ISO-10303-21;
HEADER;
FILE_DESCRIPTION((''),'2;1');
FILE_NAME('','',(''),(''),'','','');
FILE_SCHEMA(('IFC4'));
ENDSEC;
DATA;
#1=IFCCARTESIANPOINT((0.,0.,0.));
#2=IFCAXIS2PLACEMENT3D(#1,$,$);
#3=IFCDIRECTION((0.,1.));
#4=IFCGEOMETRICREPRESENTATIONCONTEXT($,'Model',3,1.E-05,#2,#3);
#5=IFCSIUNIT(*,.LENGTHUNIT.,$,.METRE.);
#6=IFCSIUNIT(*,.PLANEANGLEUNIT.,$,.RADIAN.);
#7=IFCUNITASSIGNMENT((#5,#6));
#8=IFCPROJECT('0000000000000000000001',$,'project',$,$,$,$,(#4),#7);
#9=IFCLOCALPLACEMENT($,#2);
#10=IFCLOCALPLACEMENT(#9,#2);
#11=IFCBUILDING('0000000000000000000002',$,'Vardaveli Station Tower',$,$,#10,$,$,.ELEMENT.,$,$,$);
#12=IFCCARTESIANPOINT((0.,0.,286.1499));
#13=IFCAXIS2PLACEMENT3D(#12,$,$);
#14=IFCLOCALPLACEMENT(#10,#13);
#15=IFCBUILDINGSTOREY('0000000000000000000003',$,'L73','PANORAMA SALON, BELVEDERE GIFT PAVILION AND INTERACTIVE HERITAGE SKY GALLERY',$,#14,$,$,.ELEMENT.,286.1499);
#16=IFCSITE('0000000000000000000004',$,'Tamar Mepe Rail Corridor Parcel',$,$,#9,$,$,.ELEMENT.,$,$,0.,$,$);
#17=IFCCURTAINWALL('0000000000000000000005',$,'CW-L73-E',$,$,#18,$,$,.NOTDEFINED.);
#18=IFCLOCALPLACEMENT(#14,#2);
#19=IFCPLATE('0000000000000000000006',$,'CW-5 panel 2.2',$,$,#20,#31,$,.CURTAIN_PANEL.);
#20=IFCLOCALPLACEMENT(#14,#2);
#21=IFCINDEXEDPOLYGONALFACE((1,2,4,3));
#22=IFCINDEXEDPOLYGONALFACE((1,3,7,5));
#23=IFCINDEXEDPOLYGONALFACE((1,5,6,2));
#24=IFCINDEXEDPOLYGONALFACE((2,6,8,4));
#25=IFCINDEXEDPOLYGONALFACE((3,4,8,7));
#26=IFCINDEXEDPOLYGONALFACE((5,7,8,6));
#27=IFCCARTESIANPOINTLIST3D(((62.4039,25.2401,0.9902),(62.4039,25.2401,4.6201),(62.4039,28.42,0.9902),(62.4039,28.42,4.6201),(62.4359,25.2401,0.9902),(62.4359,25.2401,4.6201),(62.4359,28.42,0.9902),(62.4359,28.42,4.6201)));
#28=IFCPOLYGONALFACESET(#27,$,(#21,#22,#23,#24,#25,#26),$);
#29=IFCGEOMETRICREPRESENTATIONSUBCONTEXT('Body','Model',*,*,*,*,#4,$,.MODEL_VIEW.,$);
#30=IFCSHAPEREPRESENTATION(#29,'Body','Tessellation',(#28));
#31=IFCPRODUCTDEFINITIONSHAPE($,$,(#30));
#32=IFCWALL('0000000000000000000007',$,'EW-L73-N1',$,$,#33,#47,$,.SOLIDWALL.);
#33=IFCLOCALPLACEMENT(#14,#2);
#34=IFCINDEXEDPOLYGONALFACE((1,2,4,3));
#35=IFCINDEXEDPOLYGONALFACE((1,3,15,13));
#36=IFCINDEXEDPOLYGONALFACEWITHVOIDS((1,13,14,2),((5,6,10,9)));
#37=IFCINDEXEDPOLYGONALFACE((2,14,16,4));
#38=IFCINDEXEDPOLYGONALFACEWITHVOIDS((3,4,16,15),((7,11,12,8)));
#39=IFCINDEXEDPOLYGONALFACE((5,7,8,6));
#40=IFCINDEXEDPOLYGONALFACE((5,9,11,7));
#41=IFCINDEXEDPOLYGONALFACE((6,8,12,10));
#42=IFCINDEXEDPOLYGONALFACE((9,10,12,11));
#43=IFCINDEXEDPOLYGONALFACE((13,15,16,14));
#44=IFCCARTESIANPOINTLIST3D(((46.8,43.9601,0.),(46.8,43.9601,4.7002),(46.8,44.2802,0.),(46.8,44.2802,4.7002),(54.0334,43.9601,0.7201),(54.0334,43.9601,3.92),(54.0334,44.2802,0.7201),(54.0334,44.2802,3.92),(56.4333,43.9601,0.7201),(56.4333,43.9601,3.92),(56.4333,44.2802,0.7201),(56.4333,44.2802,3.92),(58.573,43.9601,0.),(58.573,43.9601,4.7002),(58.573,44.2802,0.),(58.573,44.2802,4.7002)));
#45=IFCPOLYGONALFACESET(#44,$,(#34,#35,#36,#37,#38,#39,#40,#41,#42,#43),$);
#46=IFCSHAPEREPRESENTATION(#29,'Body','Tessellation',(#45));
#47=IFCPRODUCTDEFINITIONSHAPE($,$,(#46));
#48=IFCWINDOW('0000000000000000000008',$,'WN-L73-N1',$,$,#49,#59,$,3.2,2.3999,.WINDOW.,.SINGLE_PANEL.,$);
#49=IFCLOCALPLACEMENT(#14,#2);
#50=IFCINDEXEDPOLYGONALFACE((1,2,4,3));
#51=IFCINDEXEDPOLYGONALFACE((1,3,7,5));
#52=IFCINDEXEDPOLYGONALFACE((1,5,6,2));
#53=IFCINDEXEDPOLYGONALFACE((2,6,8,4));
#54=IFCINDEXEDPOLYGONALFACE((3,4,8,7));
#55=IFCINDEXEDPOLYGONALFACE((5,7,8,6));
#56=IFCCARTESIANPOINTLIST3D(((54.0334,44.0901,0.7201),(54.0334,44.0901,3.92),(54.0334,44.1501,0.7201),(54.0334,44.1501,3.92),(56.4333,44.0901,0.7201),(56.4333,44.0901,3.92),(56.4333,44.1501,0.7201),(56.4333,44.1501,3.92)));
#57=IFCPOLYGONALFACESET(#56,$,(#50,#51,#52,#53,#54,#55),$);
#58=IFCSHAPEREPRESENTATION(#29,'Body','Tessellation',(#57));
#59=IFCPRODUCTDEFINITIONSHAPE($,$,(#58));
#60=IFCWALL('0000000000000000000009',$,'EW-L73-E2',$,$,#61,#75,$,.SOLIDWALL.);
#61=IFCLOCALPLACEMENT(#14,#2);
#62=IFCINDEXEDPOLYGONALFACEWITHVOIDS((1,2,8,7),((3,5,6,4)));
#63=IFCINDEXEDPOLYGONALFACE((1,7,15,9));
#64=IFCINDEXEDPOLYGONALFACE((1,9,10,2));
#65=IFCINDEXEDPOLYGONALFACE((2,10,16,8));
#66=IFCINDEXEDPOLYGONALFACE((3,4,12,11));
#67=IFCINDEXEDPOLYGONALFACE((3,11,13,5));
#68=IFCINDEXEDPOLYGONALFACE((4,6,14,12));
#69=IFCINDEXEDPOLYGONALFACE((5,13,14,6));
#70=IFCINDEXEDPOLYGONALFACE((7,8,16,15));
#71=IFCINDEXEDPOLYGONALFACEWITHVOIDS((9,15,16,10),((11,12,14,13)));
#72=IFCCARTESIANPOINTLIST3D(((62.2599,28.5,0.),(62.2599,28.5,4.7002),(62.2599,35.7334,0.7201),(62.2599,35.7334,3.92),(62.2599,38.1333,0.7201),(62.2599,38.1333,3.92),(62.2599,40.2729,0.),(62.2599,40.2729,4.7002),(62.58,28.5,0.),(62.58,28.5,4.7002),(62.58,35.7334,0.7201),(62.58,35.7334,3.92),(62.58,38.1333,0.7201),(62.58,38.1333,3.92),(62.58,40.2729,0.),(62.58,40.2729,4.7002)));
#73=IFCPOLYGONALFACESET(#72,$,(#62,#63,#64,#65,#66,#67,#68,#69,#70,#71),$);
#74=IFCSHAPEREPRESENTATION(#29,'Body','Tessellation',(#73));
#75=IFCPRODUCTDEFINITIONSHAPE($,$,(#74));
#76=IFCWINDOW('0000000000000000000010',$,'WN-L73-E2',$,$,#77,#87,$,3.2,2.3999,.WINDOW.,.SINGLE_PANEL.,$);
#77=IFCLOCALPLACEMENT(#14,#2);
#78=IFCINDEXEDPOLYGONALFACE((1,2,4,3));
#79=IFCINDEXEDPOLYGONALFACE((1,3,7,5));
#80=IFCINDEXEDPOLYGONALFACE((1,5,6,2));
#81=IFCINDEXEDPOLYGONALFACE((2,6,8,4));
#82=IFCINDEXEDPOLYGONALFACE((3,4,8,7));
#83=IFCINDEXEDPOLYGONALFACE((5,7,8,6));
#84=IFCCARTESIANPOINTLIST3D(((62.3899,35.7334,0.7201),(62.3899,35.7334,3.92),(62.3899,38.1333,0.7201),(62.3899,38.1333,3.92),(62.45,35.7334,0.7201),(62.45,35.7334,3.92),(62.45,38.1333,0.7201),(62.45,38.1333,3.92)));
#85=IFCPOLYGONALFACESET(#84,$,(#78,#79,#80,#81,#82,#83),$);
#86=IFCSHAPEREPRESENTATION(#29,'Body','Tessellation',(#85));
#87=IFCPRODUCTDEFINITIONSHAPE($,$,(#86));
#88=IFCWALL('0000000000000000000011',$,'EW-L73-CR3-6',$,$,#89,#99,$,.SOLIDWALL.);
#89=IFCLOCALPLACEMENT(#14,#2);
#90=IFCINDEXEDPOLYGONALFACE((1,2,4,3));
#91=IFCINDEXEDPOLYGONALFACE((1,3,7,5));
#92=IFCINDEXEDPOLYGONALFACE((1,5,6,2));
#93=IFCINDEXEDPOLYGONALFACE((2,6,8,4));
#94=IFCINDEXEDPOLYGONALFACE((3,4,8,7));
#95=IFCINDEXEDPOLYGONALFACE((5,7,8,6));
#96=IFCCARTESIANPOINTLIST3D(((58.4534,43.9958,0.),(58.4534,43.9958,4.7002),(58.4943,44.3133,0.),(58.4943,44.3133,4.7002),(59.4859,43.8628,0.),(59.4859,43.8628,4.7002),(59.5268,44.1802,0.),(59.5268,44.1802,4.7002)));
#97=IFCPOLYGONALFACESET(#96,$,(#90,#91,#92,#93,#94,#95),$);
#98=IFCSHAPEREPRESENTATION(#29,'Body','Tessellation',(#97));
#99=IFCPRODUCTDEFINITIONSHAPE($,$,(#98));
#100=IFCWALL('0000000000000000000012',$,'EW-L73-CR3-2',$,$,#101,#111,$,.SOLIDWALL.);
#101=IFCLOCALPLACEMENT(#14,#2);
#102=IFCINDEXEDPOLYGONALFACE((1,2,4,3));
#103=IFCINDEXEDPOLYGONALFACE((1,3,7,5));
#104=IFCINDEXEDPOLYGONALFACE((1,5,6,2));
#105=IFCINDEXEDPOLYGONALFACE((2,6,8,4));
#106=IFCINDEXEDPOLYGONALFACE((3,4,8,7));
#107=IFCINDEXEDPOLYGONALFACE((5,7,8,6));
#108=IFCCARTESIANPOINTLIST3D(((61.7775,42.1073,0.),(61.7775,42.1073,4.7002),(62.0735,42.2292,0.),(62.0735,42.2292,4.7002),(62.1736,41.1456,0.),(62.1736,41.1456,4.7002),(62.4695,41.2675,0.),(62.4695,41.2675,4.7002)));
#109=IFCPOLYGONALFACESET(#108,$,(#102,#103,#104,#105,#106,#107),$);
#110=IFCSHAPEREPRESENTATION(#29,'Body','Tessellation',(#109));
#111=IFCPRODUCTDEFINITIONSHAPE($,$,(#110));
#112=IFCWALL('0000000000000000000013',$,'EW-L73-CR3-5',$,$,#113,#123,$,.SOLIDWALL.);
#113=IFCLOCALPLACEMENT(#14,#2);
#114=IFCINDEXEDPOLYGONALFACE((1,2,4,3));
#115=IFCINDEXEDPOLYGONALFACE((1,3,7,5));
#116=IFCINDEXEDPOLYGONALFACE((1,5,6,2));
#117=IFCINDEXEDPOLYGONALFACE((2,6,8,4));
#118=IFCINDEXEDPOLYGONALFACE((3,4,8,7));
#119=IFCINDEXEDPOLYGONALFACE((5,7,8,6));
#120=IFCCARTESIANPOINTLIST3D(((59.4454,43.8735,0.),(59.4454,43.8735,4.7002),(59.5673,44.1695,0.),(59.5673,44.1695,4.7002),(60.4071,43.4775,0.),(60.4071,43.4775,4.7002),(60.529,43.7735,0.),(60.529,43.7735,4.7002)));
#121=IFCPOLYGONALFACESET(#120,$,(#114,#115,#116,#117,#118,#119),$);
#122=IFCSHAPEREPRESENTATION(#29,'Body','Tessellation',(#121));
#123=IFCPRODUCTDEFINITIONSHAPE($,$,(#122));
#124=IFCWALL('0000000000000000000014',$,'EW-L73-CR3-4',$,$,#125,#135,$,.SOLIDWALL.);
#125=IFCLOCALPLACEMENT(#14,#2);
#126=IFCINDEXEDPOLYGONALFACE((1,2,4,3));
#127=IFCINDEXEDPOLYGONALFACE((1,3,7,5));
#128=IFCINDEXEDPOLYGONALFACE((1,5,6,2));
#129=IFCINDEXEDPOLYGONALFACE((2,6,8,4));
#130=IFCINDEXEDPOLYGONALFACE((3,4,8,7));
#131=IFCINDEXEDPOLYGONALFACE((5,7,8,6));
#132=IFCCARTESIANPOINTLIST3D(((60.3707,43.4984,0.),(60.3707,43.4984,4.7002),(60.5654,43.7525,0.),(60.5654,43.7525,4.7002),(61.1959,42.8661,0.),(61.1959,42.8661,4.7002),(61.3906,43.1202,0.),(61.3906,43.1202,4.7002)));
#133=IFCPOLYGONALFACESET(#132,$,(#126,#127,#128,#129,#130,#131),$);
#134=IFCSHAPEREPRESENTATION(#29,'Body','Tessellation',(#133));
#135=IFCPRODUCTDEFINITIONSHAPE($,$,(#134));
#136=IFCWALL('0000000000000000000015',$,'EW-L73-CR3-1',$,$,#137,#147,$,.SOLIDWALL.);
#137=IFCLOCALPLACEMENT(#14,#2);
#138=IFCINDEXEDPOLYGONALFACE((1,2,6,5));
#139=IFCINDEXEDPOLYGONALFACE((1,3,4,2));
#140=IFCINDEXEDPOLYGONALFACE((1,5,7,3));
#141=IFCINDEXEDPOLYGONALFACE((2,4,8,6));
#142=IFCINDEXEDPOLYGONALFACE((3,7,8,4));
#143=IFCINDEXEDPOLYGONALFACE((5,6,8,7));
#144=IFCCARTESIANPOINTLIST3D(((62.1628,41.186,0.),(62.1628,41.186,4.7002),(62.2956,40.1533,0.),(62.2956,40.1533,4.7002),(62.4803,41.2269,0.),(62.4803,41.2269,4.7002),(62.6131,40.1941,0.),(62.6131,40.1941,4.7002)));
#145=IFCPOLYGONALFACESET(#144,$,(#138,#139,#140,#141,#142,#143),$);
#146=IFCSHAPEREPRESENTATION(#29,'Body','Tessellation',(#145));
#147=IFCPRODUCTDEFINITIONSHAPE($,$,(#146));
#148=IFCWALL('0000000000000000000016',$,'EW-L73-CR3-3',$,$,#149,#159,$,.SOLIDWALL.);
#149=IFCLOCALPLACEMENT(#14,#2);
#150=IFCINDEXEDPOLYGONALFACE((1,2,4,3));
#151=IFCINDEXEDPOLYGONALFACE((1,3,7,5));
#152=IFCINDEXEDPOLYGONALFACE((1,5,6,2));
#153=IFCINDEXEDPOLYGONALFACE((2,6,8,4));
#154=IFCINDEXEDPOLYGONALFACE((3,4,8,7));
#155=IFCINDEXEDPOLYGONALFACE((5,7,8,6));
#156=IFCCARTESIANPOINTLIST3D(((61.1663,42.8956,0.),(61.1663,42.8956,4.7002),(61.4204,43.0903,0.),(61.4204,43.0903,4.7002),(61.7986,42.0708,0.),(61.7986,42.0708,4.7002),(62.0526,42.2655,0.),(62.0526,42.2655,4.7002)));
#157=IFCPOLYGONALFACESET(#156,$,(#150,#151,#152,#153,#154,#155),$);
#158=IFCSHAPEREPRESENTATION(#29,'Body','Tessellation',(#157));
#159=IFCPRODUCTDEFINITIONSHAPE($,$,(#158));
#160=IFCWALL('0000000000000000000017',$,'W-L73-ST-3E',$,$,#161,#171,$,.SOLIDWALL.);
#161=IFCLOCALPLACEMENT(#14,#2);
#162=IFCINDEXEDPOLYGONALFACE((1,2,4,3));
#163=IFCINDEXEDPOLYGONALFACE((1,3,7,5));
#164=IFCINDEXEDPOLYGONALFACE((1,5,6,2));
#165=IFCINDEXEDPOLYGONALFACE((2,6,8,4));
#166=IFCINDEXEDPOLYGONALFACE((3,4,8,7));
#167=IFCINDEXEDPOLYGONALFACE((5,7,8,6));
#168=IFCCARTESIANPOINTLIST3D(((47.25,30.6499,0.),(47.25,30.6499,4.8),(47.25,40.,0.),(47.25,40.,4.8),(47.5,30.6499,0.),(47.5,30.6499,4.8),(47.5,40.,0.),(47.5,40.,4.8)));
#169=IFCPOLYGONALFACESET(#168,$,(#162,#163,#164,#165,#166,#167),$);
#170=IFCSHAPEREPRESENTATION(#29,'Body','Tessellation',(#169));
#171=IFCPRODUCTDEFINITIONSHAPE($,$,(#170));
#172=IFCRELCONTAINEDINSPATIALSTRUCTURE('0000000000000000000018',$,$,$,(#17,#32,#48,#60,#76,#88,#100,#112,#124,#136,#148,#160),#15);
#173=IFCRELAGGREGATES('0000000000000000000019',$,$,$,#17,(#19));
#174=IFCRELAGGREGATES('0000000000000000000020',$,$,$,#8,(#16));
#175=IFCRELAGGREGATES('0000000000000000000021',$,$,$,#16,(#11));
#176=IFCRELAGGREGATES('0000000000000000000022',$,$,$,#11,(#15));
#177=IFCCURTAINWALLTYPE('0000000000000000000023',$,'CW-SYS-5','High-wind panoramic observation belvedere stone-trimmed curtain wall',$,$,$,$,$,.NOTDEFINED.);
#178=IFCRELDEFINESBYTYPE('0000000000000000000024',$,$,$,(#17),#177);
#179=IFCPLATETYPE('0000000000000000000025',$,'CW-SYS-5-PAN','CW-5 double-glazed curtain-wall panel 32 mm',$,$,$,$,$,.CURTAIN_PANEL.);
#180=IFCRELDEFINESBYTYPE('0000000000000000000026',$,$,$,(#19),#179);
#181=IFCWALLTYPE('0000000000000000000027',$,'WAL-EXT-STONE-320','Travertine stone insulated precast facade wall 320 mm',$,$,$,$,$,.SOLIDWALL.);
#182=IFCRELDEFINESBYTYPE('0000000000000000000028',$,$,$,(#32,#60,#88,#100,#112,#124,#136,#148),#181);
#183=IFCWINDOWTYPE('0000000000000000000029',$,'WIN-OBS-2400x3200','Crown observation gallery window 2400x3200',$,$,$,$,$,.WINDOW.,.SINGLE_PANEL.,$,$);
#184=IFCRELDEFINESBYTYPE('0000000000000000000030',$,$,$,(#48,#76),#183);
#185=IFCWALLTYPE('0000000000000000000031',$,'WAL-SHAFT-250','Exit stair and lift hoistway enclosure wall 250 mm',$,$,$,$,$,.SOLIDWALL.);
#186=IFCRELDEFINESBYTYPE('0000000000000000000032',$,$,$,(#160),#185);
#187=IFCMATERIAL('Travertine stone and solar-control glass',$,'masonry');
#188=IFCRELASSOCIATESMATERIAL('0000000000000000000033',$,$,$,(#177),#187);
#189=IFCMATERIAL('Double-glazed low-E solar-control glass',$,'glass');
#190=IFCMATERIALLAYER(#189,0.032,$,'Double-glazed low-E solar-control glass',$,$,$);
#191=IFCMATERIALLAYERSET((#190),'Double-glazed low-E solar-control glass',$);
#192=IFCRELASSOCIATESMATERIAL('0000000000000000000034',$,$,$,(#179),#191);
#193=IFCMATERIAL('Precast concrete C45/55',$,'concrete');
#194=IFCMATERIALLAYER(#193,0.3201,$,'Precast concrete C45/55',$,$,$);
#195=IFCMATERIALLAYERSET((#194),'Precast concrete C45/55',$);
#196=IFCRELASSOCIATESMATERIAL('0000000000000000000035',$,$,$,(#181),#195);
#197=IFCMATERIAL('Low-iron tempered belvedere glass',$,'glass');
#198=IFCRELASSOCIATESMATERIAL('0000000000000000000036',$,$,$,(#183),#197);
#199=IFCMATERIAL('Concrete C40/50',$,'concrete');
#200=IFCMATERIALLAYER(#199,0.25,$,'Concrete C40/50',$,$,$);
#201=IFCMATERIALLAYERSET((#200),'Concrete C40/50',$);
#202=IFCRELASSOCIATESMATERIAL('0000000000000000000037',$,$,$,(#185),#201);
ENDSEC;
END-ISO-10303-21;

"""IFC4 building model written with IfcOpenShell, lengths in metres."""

from ifc_helpers import new_model, si_unit, direction, frame, frame_2d, origin, origin_2d, place, context, subcontext, project, spatial, rectangle, extrude, source, transform, mapped, material, layer, layer_set, type_object, element, fill, aggregate, save


model = new_model("IFC4")

# Units and contexts
model_context = context("Model", 3, precision=1e-05, world=origin(), true_north=direction((0.0, 1.0)))
body_context = subcontext(model_context, "Body", "Model", "MODEL_VIEW")
ifc_project = project(units=[si_unit("LENGTHUNIT", "METRE"), si_unit("PLANEANGLEUNIT", "RADIAN")], contexts=[model_context])

# Site, building, storey
site_placement = place(None, origin())
site = spatial("IfcSite", under=ifc_project, at=site_placement, Name="Tamar Mepe Rail Corridor Parcel", CompositionType="ELEMENT", RefElevation=0.0)
building_placement = place(site_placement, origin())
building = spatial("IfcBuilding", under=site, at=building_placement, Name="Vardaveli Station Tower", CompositionType="ELEMENT")
storey_placement = place(building_placement, frame((0.0, 0.0, 286.1499)))
storey = spatial("IfcBuildingStorey", under=building, at=storey_placement, Name="L73", Description="PANORAMA SALON, BELVEDERE GIFT PAVILION AND INTERACTIVE HERITAGE SKY GALLERY", CompositionType="ELEMENT", Elevation=286.1499)

# Curtain wall
ifc_material_1 = material(Name="Travertine stone and solar-control glass", Category="masonry")
curtain_wall_type = type_object("IfcCurtainWallType", Name="CW-SYS-5", Description="High-wind panoramic observation belvedere stone-trimmed curtain wall", PredefinedType="NOTDEFINED", material=ifc_material_1)
curtain_wall_1_placement = place(storey_placement, origin())
curtain_wall_1 = element("IfcCurtainWall", 1, at=curtain_wall_1_placement, inside=storey, type_object=curtain_wall_type, Name="CW-L73-E", PredefinedType="NOTDEFINED")

# Plate
ifc_material_2 = material(Name="Double-glazed low-E solar-control glass", Category="glass")
ifc_layer_1 = layer(ifc_material_2, 0.032, Name="Double-glazed low-E solar-control glass")
ifc_layer_set_1 = layer_set([ifc_layer_1], Name="Double-glazed low-E solar-control glass")
plate_type = type_object("IfcPlateType", Name="CW-SYS-5-PAN", Description="CW-5 double-glazed curtain-wall panel 32 mm", PredefinedType="CURTAIN_PANEL", material=ifc_layer_set_1)
shared_shape_1 = source(origin(), body_context, "Body", "SweptSolid", [
    extrude(rectangle(XDim=3.1799, YDim=0.032, at=origin_2d()), origin(), (0.0, 0.0, 1.0), 3.6299),
])
plate_1_placement = place(storey_placement, frame((62.4199, 26.8301, 0.9902), z_axis=(0.0, 0.0, 1.0), x_axis=(0.0, 1.0, 0.0)))
plate_1 = element("IfcPlate", 2, at=plate_1_placement, type_object=plate_type, Name="CW-5 panel 2.2", PredefinedType="CURTAIN_PANEL", context=body_context, shape_type="MappedRepresentation", body=[
    mapped(shared_shape_1, transform((0.0, 0.0, 0.0), scale=1.0)),
])
aggregate(curtain_wall_1, [plate_1])

# Walls, openings, windows
ifc_material_3 = material(Name="Precast concrete C45/55", Category="concrete")
ifc_layer_2 = layer(ifc_material_3, 0.3201, Name="Precast concrete C45/55")
ifc_layer_set_2 = layer_set([ifc_layer_2], Name="Precast concrete C45/55")
wall_type_1 = type_object("IfcWallType", Name="WAL-EXT-STONE-320", Description="Travertine stone insulated precast facade wall 320 mm", PredefinedType="SOLIDWALL", material=ifc_layer_set_2)
shared_shape_2 = source(origin(), body_context, "Body", "SweptSolid", [
    extrude(rectangle(XDim=11.7729, YDim=0.3201, at=frame_2d((5.8865, 0.0))), origin(), (0.0, 0.0, 1.0), 4.7002),
])
wall_1_placement = place(storey_placement, frame((58.573, 44.1201, 0.0), z_axis=(0.0, 0.0, 1.0), x_axis=(-1.0, 0.0, 0.0)))
wall_1 = element("IfcWall", 3, at=wall_1_placement, inside=storey, type_object=wall_type_1, Name="EW-L73-N1", PredefinedType="SOLIDWALL", context=body_context, shape_type="MappedRepresentation", body=[
    mapped(shared_shape_2, transform((0.0, 0.0, 0.0), scale=1.0)),
])
shared_shape_3 = source(origin(), body_context, "Body", "SweptSolid", [
    extrude(rectangle(XDim=2.3999, YDim=3.2, at=frame_2d((1.2, 1.6001))), frame((0.0, 0.1699, 0.0), z_axis=(0.0, -1.0, 0.0), x_axis=(1.0, 0.0, 0.0)), (0.0, 0.0, 1.0), 0.3401),
])
opening_1_placement = place(wall_1_placement, frame((2.1396, 0.0, 0.72)))
opening_1 = element("IfcOpeningElement", 4, at=opening_1_placement, cuts=wall_1, PredefinedType="OPENING", context=body_context, shape_type="MappedRepresentation", body=[
    mapped(shared_shape_3, transform((0.0, 0.0, 0.0), scale=1.0)),
])
ifc_material_4 = material(Name="Low-iron tempered belvedere glass", Category="glass")
window_type = type_object("IfcWindowType", Name="WIN-OBS-2400x3200", Description="Crown observation gallery window 2400x3200", PartitioningType="SINGLE_PANEL", PredefinedType="WINDOW", material=ifc_material_4)
shared_shape_4 = source(origin(), body_context, "Body", "SweptSolid", [
    extrude(rectangle(XDim=2.3999, YDim=3.2, at=frame_2d((1.2, 1.6001))), frame((0.0, 0.03, 0.0), z_axis=(0.0, -1.0, 0.0), x_axis=(1.0, 0.0, 0.0)), (0.0, 0.0, 1.0), 0.0601),
])
window_1_placement = place(opening_1_placement, origin())
window_1 = element("IfcWindow", 5, at=window_1_placement, inside=storey, type_object=window_type, Name="WN-L73-N1", OverallHeight=3.2, OverallWidth=2.3999, PartitioningType="SINGLE_PANEL", PredefinedType="WINDOW", context=body_context, shape_type="MappedRepresentation", body=[
    mapped(shared_shape_4, transform((0.0, 0.0, 0.0), scale=1.0)),
])
fill(opening_1, window_1)
wall_2_placement = place(storey_placement, frame((62.4199, 28.5, 0.0), z_axis=(0.0, 0.0, 1.0), x_axis=(0.0, 1.0, 0.0)))
wall_2 = element("IfcWall", 6, at=wall_2_placement, inside=storey, type_object=wall_type_1, Name="EW-L73-E2", PredefinedType="SOLIDWALL", context=body_context, shape_type="MappedRepresentation", body=[
    mapped(shared_shape_2, transform((0.0, 0.0, 0.0), scale=1.0)),
])
opening_2_placement = place(wall_2_placement, frame((7.2334, 0.0, 0.72)))
opening_2 = element("IfcOpeningElement", 7, at=opening_2_placement, cuts=wall_2, PredefinedType="OPENING", context=body_context, shape_type="MappedRepresentation", body=[
    mapped(shared_shape_3, transform((0.0, 0.0, 0.0), scale=1.0)),
])
window_2_placement = place(opening_2_placement, origin())
window_2 = element("IfcWindow", 8, at=window_2_placement, inside=storey, type_object=window_type, Name="WN-L73-E2", OverallHeight=3.2, OverallWidth=2.3999, PartitioningType="SINGLE_PANEL", PredefinedType="WINDOW", context=body_context, shape_type="MappedRepresentation", body=[
    mapped(shared_shape_4, transform((0.0, 0.0, 0.0), scale=1.0)),
])
fill(opening_2, window_2)

# Walls
shared_shape_5 = source(origin(), body_context, "Body", "SweptSolid", [
    extrude(rectangle(XDim=1.041, YDim=0.3201, at=frame_2d((0.5205, 0.0))), origin(), (0.0, 0.0, 1.0), 4.7002),
])
wall_3_placement = place(storey_placement, frame((59.5063, 44.0215, 0.0), z_axis=(0.0, 0.0, 1.0), x_axis=(-0.991798, 0.127815, 0.0)))
element("IfcWall", 9, at=wall_3_placement, inside=storey, type_object=wall_type_1, Name="EW-L73-CR3-6", PredefinedType="SOLIDWALL", context=body_context, shape_type="MappedRepresentation", body=[
    mapped(shared_shape_5, transform((0.0, 0.0, 0.0), scale=1.0)),
])
shared_shape_6 = source(origin(), body_context, "Body", "SweptSolid", [
    extrude(rectangle(XDim=1.04, YDim=0.3201, at=frame_2d((0.52, 0.0))), origin(), (0.0, 0.0, 1.0), 4.7002),
])
for number, where, z_axis, x_axis, name in (
    (10, (62.3215, 41.2065, 0.0), (0.0, 0.0, 1.0), (-0.380762, 0.924673, 0.0), "EW-L73-CR3-2"),
    (11, (60.468, 43.6255, 0.0), (0.0, 0.0, 1.0), (-0.924673, 0.380762, 0.0), "EW-L73-CR3-5"),
):
    element("IfcWall", number, at=place(storey_placement, frame(where, z_axis=z_axis, x_axis=x_axis)), inside=storey, type_object=wall_type_1, Name=name, PredefinedType="SOLIDWALL", context=body_context, shape_type="MappedRepresentation", body=[
        mapped(shared_shape_6, transform((0.0, 0.0, 0.0), scale=1.0)),
    ])
shared_shape_7 = source(origin(), body_context, "Body", "SweptSolid", [
    extrude(rectangle(XDim=1.0396, YDim=0.3201, at=frame_2d((0.5198, 0.0))), origin(), (0.0, 0.0, 1.0), 4.7002),
])
wall_4_placement = place(storey_placement, frame((61.2932, 42.9932, 0.0), z_axis=(0.0, 0.0, 1.0), x_axis=(-0.793758, 0.608234, 0.0)))
element("IfcWall", 12, at=wall_4_placement, inside=storey, type_object=wall_type_1, Name="EW-L73-CR3-4", PredefinedType="SOLIDWALL", context=body_context, shape_type="MappedRepresentation", body=[
    mapped(shared_shape_7, transform((0.0, 0.0, 0.0), scale=1.0)),
])
shared_shape_8 = source(origin(), body_context, "Body", "SweptSolid", [
    extrude(rectangle(XDim=1.0413, YDim=0.3201, at=frame_2d((0.5205, 0.0))), origin(), (0.0, 0.0, 1.0), 4.7002),
])
wall_5_placement = place(storey_placement, frame((62.4543, 40.1738, 0.0), z_axis=(0.0, 0.0, 1.0), x_axis=(-0.127555, 0.991832, 0.0)))
element("IfcWall", 13, at=wall_5_placement, inside=storey, type_object=wall_type_1, Name="EW-L73-CR3-1", PredefinedType="SOLIDWALL", context=body_context, shape_type="MappedRepresentation", body=[
    mapped(shared_shape_8, transform((0.0, 0.0, 0.0), scale=1.0)),
])
shared_shape_9 = source(origin(), body_context, "Body", "SweptSolid", [
    extrude(rectangle(XDim=1.0393, YDim=0.3201, at=frame_2d((0.5195, 0.0))), origin(), (0.0, 0.0, 1.0), 4.7002),
])
wall_6_placement = place(storey_placement, frame((61.9255, 42.1682, 0.0), z_axis=(0.0, 0.0, 1.0), x_axis=(-0.608348, 0.793671, 0.0)))
element("IfcWall", 14, at=wall_6_placement, inside=storey, type_object=wall_type_1, Name="EW-L73-CR3-3", PredefinedType="SOLIDWALL", context=body_context, shape_type="MappedRepresentation", body=[
    mapped(shared_shape_9, transform((0.0, 0.0, 0.0), scale=1.0)),
])
ifc_material_5 = material(Name="Concrete C40/50", Category="concrete")
ifc_layer_3 = layer(ifc_material_5, 0.25, Name="Concrete C40/50")
ifc_layer_set_3 = layer_set([ifc_layer_3], Name="Concrete C40/50")
wall_type_2 = type_object("IfcWallType", Name="WAL-SHAFT-250", Description="Exit stair and lift hoistway enclosure wall 250 mm", PredefinedType="SOLIDWALL", material=ifc_layer_set_3)
shared_shape_10 = source(origin(), body_context, "Body", "SweptSolid", [
    extrude(rectangle(XDim=9.3501, YDim=0.25, at=frame_2d((4.675, 0.0))), origin(), (0.0, 0.0, 1.0), 4.8),
])
wall_7_placement = place(storey_placement, frame((47.375, 30.6499, 0.0), z_axis=(0.0, 0.0, 1.0), x_axis=(0.0, 1.0, 0.0)))
element("IfcWall", 15, at=wall_7_placement, inside=storey, type_object=wall_type_2, Name="W-L73-ST-3E", PredefinedType="SOLIDWALL", context=body_context, shape_type="MappedRepresentation", body=[
    mapped(shared_shape_10, transform((0.0, 0.0, 0.0), scale=1.0)),
])

save(model, "model.ifc")
